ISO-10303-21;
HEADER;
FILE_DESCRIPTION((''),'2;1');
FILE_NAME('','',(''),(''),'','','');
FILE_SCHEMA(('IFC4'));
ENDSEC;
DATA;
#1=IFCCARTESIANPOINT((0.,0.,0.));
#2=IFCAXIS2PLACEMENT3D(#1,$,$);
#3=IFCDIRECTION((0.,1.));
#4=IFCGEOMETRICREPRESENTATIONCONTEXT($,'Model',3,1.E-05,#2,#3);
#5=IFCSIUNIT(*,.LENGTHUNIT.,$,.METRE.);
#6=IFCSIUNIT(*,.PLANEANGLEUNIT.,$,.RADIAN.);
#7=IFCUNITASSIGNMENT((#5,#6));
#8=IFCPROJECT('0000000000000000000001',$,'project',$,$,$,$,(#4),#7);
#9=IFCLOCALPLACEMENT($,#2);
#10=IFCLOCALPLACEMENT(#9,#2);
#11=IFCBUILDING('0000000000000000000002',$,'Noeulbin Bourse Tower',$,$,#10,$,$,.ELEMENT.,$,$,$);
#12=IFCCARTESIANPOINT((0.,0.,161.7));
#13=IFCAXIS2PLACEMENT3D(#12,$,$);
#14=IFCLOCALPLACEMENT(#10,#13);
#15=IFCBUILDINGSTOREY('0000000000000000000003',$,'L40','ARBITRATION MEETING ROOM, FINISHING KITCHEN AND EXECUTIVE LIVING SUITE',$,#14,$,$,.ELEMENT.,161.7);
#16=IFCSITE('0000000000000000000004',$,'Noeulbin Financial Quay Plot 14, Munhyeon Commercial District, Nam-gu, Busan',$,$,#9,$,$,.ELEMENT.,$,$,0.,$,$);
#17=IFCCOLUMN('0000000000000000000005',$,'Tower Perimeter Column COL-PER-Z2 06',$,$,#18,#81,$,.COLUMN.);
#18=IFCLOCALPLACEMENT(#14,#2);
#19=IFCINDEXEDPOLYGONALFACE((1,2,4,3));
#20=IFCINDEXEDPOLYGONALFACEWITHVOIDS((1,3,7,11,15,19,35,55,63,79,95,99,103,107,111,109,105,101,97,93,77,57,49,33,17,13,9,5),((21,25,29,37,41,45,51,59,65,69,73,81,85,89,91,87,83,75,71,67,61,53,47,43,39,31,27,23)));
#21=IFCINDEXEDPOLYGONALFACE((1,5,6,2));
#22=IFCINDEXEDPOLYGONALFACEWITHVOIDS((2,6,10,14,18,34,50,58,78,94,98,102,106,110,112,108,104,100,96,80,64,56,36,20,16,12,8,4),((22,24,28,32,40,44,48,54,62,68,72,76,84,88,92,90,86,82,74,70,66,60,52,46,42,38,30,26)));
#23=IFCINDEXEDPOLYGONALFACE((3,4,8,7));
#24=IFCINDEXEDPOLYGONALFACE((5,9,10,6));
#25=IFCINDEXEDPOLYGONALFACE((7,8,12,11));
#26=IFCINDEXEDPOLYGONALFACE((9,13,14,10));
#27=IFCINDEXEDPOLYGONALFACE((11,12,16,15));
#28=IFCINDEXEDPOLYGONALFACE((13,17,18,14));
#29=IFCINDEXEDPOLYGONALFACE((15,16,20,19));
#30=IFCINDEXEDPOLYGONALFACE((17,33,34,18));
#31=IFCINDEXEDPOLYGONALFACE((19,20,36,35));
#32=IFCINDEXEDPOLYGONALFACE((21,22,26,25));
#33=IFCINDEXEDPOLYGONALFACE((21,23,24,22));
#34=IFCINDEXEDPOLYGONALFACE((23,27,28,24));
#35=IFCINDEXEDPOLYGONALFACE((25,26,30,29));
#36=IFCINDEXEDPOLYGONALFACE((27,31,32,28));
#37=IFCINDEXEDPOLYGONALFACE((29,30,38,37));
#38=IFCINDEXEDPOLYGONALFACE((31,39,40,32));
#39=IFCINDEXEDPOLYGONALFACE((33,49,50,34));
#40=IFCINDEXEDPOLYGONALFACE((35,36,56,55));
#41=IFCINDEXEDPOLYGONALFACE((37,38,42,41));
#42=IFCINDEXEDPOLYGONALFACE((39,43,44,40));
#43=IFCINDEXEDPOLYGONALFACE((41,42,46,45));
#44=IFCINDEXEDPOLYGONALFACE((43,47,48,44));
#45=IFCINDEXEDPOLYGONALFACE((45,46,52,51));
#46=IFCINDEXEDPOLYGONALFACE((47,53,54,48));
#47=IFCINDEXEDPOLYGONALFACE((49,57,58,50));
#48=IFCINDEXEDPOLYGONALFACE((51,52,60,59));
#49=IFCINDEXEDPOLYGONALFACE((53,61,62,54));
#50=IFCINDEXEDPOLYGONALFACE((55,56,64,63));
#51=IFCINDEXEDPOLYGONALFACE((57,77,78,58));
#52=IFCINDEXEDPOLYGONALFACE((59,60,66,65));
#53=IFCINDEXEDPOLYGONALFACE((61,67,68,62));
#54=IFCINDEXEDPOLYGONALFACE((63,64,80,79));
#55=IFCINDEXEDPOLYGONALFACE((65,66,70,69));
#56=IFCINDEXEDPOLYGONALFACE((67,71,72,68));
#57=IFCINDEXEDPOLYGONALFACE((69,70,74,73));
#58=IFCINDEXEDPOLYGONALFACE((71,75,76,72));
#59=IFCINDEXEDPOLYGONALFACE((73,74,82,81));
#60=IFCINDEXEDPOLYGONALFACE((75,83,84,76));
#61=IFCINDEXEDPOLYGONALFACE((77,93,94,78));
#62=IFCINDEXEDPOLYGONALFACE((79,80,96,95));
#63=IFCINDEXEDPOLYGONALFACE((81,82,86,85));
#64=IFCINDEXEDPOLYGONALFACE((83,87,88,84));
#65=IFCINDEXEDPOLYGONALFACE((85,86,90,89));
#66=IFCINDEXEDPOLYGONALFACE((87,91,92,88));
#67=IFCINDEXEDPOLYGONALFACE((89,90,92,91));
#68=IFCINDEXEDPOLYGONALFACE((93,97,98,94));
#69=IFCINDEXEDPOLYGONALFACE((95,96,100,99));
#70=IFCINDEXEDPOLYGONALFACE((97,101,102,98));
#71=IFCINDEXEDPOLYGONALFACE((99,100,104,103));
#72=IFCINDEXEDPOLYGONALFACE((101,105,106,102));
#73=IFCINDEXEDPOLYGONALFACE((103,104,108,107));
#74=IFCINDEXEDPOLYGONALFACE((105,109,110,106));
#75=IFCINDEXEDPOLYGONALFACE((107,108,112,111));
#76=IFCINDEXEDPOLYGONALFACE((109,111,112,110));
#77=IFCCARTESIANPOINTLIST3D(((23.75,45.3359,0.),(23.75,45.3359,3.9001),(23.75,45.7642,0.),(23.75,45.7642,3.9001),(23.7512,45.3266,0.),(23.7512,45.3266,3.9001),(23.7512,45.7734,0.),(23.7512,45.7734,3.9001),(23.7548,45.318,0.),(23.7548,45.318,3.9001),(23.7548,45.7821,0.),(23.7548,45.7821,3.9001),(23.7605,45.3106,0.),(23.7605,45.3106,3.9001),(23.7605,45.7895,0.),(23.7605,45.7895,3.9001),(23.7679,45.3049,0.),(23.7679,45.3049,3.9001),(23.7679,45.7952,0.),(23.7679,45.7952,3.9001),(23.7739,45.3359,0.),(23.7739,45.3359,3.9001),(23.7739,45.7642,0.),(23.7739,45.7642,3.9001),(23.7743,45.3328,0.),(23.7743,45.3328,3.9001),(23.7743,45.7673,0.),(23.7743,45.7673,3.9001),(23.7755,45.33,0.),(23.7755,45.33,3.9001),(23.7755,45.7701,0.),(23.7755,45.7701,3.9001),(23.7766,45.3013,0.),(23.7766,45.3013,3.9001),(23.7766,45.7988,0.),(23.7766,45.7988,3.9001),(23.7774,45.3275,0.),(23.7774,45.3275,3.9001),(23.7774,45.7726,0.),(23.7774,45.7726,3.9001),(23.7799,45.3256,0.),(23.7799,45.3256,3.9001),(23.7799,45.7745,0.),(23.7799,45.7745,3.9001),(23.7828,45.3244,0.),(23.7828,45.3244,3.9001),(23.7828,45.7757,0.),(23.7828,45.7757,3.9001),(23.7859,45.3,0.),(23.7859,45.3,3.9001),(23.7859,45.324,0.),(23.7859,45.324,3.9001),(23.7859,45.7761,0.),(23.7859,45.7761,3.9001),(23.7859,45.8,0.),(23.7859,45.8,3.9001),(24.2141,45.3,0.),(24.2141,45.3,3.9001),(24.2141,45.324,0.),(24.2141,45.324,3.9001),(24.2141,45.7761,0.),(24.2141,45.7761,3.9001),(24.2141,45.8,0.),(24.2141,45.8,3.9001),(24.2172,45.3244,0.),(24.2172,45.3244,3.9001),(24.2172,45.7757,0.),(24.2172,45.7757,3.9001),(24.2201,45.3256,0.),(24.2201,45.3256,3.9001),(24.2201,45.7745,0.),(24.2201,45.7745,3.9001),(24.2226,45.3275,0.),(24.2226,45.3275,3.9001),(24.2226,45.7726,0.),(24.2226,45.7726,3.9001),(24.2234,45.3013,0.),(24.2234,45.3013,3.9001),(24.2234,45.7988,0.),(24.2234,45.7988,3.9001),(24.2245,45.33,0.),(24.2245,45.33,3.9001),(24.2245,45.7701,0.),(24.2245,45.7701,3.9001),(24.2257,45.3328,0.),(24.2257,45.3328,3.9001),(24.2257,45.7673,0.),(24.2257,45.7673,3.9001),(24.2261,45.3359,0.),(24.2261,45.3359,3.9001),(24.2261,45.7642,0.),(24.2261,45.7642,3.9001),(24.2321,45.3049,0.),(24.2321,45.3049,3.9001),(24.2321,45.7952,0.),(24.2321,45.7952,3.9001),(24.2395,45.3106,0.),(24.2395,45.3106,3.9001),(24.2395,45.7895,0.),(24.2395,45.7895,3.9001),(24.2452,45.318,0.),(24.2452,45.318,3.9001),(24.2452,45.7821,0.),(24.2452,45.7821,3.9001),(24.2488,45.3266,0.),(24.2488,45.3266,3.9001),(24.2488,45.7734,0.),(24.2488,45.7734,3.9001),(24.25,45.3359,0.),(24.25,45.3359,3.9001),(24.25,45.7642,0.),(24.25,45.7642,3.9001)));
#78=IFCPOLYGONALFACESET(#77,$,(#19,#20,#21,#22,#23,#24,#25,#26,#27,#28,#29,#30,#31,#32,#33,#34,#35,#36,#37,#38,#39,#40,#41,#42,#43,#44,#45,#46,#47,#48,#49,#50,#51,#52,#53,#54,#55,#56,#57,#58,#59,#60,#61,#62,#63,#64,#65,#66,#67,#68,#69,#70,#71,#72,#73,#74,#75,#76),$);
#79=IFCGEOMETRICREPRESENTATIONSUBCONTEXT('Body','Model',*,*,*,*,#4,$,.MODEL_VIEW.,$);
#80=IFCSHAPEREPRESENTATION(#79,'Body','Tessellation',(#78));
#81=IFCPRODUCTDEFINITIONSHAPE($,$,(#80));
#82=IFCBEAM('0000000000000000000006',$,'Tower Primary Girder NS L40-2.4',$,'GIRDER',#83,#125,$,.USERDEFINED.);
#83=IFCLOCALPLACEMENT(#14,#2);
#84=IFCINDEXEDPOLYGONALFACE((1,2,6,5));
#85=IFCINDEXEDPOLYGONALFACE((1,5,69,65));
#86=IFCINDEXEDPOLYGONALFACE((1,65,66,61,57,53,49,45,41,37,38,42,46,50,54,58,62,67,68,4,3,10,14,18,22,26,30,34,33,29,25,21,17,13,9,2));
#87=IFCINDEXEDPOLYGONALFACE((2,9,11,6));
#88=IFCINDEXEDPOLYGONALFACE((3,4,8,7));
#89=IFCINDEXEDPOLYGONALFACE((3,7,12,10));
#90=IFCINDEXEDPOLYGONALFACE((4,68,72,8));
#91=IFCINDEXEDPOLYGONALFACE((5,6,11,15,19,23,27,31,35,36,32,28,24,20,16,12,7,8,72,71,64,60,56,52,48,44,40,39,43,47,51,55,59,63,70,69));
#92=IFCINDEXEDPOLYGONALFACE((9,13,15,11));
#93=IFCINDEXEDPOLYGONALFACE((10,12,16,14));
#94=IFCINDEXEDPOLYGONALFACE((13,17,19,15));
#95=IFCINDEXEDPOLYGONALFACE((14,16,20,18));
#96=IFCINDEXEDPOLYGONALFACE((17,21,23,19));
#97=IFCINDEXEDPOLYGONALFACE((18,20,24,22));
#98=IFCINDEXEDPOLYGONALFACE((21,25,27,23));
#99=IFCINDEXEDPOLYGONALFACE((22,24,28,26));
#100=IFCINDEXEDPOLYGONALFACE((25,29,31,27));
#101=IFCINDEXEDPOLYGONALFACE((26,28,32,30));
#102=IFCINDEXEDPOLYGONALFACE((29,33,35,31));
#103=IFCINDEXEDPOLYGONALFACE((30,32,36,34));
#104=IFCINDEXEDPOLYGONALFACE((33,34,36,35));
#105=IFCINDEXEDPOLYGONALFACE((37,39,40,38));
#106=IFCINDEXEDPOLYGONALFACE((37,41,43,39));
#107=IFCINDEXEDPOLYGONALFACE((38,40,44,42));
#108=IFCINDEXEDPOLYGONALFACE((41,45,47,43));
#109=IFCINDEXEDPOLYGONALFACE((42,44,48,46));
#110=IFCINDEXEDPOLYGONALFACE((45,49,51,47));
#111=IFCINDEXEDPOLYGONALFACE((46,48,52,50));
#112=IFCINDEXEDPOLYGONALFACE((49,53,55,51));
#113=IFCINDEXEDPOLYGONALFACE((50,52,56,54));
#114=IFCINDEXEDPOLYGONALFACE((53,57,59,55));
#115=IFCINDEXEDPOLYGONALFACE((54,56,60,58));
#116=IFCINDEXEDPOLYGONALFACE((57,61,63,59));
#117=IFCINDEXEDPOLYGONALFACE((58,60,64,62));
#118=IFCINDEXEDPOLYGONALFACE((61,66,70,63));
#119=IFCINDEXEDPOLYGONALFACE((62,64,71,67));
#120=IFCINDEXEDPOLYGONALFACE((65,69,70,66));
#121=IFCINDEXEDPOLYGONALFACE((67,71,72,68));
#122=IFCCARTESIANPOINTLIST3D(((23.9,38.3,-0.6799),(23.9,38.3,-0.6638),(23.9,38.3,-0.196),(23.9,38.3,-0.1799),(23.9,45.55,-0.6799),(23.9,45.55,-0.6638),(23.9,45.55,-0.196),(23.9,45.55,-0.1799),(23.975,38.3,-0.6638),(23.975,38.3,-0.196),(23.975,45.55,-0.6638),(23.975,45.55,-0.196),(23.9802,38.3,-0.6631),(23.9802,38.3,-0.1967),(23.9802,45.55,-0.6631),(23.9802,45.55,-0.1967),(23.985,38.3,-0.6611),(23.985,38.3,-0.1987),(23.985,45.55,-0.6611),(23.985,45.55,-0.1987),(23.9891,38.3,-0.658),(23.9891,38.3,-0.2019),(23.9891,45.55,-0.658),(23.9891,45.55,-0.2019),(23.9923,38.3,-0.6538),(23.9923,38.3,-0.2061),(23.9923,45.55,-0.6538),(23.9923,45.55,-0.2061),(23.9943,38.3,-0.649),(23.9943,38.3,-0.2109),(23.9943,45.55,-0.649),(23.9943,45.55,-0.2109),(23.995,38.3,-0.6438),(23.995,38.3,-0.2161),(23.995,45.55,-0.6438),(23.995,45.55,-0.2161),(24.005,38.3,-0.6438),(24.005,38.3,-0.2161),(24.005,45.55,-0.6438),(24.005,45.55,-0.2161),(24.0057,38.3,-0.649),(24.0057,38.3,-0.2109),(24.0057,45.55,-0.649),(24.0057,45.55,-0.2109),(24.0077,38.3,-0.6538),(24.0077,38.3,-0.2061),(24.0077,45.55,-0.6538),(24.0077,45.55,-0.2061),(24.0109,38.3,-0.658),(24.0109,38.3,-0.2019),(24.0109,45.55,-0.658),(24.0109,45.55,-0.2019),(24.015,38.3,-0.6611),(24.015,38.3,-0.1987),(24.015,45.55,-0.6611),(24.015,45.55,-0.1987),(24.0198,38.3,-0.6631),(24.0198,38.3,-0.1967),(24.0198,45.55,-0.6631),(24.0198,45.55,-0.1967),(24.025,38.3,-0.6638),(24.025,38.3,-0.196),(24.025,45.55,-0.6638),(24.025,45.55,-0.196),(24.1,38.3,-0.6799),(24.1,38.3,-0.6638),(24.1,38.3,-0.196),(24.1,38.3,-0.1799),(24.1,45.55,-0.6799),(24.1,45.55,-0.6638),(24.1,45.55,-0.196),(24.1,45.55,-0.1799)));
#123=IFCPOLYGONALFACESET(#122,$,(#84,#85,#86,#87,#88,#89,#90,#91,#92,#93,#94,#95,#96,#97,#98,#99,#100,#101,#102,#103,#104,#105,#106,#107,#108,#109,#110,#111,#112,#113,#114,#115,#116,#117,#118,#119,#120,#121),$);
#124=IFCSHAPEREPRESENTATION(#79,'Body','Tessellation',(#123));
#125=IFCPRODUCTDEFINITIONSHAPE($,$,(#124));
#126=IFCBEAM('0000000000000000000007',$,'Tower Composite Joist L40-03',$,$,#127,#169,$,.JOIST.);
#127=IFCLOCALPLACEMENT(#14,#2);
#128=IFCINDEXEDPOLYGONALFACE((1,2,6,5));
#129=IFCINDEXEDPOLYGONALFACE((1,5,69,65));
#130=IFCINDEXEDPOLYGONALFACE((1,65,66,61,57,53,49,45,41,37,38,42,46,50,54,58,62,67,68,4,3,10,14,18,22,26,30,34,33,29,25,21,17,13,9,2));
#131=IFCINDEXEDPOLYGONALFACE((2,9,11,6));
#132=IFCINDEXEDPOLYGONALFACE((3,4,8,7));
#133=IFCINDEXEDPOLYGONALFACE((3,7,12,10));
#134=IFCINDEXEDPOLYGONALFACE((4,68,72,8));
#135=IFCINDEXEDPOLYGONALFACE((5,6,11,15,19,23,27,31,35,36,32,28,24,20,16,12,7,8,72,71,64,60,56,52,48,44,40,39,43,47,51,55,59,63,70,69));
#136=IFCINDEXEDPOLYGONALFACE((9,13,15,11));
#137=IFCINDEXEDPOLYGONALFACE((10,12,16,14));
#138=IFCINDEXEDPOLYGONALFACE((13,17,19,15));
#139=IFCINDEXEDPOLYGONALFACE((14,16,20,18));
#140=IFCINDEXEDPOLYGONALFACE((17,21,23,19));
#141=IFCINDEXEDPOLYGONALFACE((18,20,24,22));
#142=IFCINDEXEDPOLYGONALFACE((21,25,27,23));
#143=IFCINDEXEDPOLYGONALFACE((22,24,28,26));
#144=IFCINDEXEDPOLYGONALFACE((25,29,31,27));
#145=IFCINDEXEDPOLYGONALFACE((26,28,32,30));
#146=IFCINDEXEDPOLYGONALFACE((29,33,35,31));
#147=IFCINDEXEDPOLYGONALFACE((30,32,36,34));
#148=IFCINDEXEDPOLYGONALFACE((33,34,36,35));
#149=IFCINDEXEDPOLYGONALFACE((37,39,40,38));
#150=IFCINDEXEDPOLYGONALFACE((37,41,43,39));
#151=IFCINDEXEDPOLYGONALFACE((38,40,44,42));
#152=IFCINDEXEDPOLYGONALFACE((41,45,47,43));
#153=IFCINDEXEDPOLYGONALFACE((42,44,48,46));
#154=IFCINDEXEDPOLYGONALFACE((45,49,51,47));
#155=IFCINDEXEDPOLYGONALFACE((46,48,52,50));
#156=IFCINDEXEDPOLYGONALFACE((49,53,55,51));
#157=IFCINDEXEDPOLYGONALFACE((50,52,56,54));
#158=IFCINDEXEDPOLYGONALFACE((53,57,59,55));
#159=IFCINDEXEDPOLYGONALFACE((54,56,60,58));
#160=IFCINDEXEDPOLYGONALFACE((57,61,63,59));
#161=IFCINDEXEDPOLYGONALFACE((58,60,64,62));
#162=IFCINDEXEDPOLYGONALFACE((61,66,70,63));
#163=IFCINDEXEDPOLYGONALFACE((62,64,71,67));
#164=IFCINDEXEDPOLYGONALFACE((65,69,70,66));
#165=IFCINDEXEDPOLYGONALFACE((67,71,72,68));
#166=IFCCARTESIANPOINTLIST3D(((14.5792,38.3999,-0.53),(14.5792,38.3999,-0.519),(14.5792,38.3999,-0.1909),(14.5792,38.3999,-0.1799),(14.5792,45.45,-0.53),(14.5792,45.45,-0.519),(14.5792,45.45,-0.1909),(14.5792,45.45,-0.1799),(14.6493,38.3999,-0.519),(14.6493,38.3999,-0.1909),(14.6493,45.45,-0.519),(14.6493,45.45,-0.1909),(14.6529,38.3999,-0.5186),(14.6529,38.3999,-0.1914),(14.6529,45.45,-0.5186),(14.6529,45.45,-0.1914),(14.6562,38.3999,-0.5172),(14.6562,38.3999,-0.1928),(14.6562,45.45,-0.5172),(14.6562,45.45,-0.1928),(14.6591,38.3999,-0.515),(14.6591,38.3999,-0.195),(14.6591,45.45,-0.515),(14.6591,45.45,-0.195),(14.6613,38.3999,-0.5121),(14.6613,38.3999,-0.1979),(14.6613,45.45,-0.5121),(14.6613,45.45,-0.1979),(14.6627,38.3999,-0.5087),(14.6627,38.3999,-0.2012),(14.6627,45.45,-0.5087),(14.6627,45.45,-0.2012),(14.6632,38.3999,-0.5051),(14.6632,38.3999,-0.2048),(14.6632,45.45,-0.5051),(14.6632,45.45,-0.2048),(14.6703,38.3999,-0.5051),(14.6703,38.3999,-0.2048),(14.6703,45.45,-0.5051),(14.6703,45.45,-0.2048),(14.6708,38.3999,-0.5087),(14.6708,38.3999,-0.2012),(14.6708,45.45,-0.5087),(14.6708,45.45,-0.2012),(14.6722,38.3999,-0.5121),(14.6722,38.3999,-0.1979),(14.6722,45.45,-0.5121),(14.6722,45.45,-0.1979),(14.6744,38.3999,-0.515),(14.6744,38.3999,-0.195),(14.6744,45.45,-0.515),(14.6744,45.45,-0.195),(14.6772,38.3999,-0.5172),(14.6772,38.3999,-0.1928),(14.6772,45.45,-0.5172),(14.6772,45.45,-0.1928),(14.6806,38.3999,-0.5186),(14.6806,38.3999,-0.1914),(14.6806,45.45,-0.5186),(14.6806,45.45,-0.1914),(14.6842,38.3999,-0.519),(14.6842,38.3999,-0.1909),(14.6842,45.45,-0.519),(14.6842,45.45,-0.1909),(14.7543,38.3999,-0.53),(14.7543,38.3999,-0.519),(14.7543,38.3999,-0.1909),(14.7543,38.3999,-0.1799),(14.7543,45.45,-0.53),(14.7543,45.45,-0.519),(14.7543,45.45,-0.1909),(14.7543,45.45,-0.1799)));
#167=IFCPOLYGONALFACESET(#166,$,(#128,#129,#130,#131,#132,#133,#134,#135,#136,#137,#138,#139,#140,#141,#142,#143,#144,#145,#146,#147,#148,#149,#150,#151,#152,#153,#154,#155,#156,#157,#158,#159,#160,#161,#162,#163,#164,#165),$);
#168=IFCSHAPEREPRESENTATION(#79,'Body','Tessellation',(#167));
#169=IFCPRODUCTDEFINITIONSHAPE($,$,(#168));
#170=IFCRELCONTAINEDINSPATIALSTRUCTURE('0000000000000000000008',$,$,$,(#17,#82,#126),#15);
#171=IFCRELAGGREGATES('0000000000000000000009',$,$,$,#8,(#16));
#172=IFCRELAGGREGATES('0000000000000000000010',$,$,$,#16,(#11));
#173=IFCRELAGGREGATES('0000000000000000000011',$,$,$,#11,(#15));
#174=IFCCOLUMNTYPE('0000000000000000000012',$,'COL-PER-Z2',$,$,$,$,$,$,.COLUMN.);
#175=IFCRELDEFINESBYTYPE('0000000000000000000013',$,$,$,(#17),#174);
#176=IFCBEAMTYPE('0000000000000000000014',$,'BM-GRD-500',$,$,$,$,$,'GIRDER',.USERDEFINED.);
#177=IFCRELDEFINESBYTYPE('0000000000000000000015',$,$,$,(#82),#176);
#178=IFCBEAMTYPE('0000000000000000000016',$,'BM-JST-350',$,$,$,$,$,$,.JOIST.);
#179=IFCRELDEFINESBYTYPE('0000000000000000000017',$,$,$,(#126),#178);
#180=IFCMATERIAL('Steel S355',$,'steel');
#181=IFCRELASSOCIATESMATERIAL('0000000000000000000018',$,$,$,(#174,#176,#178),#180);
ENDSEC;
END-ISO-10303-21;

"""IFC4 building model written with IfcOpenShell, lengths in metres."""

from ifc_helpers import new_model, si_unit, direction, frame, origin, origin_2d, place, context, subcontext, project, spatial, hollow_rectangle, i_section, extrude, material, material_profile, profile_set, type_object, element, save


model = new_model("IFC4")

# Units and contexts
model_context = context("Model", 3, precision=1e-05, world=origin(), true_north=direction((0.0, 1.0)))
body_context = subcontext(model_context, "Body", "Model", "MODEL_VIEW")
ifc_project = project(units=[si_unit("LENGTHUNIT", "METRE"), si_unit("PLANEANGLEUNIT", "RADIAN")], contexts=[model_context])

# Site, building, storey
site_placement = place(None, origin())
site = spatial("IfcSite", under=ifc_project, at=site_placement, Name="Noeulbin Financial Quay Plot 14, Munhyeon Commercial District, Nam-gu, Busan", CompositionType="ELEMENT", RefElevation=0.0)
building_placement = place(site_placement, origin())
building = spatial("IfcBuilding", under=site, at=building_placement, Name="Noeulbin Bourse Tower", CompositionType="ELEMENT")
storey_placement = place(building_placement, frame((0.0, 0.0, 161.7)))
storey = spatial("IfcBuildingStorey", under=building, at=storey_placement, Name="L40", Description="ARBITRATION MEETING ROOM, FINISHING KITCHEN AND EXECUTIVE LIVING SUITE", CompositionType="ELEMENT", Elevation=161.7)

# Column
ifc_material_1 = material(Name="Steel S355", Category="steel")
ifc_material_profile_1 = material_profile(ifc_material_1, hollow_rectangle(XDim=0.5, YDim=0.5, WallThickness=0.0239, InnerFilletRadius=0.012, OuterFilletRadius=0.0359, at=origin_2d()), Name="BOX-500x500x24", Category="LoadBearing")
ifc_profile_set_1 = profile_set([ifc_material_profile_1], Name="Steel S355")
column_type = type_object("IfcColumnType", Name="COL-PER-Z2", PredefinedType="COLUMN", material=ifc_profile_set_1)
column_placement = place(storey_placement, frame((24.0, 45.55, 0.0), z_axis=(0.0, 0.0, 1.0), x_axis=(1.0, 0.0, 0.0)))
element("IfcColumn", 1, at=column_placement, inside=storey, type_object=column_type, Name="Tower Perimeter Column COL-PER-Z2 06", PredefinedType="COLUMN", context=body_context, shape_type="SweptSolid", body=[
    extrude(hollow_rectangle(XDim=0.5, YDim=0.5, WallThickness=0.0239, InnerFilletRadius=0.012, OuterFilletRadius=0.0359, at=origin_2d()), origin(), (0.0, 0.0, 1.0), 3.9001),
])

# Beams
ifc_material_profile_2 = material_profile(ifc_material_1, i_section(OverallWidth=0.2, OverallDepth=0.5, WebThickness=0.01, FlangeThickness=0.0161, FilletRadius=0.02, at=origin_2d()), Name="H-500x200x10x16", Category="LoadBearing")
ifc_profile_set_2 = profile_set([ifc_material_profile_2], Name="Steel S355")
beam_type_1 = type_object("IfcBeamType", Name="BM-GRD-500", ElementType="GIRDER", PredefinedType="USERDEFINED", material=ifc_profile_set_2)
beam_1_placement = place(storey_placement, frame((24.0, 38.3, -0.4299), z_axis=(0.0, 1.0, 0.0), x_axis=(-1.0, 0.0, 0.0)))
element("IfcBeam", 2, at=beam_1_placement, inside=storey, type_object=beam_type_1, Name="Tower Primary Girder NS L40-2.4", ObjectType="GIRDER", PredefinedType="USERDEFINED", context=body_context, shape_type="SweptSolid", body=[
    extrude(i_section(OverallWidth=0.2, OverallDepth=0.5, WebThickness=0.01, FlangeThickness=0.0161, FilletRadius=0.02, at=origin_2d()), origin(), (0.0, 0.0, 1.0), 7.25),
])
ifc_material_profile_3 = material_profile(ifc_material_1, i_section(OverallWidth=0.175, OverallDepth=0.3501, WebThickness=0.0071, FlangeThickness=0.011, FilletRadius=0.0139, at=origin_2d()), Name="H-350x175x7x11", Category="LoadBearing")
ifc_profile_set_3 = profile_set([ifc_material_profile_3], Name="Steel S355")
beam_type_2 = type_object("IfcBeamType", Name="BM-JST-350", PredefinedType="JOIST", material=ifc_profile_set_3)
for number, where, z_axis, x_axis, name in (
    (3, (14.6667, 38.3999, -0.355), (0.0, 1.0, 0.0), (-1.0, 0.0, 0.0), "Tower Composite Joist L40-03"),
):
    element("IfcBeam", number, at=place(storey_placement, frame(where, z_axis=z_axis, x_axis=x_axis)), inside=storey, type_object=beam_type_2, Name=name, PredefinedType="JOIST", context=body_context, shape_type="SweptSolid", body=[
        extrude(i_section(OverallWidth=0.175, OverallDepth=0.3501, WebThickness=0.0071, FlangeThickness=0.011, FilletRadius=0.0139, at=origin_2d()), origin(), (0.0, 0.0, 1.0), 7.05),
    ])

save(model, "model.ifc")
